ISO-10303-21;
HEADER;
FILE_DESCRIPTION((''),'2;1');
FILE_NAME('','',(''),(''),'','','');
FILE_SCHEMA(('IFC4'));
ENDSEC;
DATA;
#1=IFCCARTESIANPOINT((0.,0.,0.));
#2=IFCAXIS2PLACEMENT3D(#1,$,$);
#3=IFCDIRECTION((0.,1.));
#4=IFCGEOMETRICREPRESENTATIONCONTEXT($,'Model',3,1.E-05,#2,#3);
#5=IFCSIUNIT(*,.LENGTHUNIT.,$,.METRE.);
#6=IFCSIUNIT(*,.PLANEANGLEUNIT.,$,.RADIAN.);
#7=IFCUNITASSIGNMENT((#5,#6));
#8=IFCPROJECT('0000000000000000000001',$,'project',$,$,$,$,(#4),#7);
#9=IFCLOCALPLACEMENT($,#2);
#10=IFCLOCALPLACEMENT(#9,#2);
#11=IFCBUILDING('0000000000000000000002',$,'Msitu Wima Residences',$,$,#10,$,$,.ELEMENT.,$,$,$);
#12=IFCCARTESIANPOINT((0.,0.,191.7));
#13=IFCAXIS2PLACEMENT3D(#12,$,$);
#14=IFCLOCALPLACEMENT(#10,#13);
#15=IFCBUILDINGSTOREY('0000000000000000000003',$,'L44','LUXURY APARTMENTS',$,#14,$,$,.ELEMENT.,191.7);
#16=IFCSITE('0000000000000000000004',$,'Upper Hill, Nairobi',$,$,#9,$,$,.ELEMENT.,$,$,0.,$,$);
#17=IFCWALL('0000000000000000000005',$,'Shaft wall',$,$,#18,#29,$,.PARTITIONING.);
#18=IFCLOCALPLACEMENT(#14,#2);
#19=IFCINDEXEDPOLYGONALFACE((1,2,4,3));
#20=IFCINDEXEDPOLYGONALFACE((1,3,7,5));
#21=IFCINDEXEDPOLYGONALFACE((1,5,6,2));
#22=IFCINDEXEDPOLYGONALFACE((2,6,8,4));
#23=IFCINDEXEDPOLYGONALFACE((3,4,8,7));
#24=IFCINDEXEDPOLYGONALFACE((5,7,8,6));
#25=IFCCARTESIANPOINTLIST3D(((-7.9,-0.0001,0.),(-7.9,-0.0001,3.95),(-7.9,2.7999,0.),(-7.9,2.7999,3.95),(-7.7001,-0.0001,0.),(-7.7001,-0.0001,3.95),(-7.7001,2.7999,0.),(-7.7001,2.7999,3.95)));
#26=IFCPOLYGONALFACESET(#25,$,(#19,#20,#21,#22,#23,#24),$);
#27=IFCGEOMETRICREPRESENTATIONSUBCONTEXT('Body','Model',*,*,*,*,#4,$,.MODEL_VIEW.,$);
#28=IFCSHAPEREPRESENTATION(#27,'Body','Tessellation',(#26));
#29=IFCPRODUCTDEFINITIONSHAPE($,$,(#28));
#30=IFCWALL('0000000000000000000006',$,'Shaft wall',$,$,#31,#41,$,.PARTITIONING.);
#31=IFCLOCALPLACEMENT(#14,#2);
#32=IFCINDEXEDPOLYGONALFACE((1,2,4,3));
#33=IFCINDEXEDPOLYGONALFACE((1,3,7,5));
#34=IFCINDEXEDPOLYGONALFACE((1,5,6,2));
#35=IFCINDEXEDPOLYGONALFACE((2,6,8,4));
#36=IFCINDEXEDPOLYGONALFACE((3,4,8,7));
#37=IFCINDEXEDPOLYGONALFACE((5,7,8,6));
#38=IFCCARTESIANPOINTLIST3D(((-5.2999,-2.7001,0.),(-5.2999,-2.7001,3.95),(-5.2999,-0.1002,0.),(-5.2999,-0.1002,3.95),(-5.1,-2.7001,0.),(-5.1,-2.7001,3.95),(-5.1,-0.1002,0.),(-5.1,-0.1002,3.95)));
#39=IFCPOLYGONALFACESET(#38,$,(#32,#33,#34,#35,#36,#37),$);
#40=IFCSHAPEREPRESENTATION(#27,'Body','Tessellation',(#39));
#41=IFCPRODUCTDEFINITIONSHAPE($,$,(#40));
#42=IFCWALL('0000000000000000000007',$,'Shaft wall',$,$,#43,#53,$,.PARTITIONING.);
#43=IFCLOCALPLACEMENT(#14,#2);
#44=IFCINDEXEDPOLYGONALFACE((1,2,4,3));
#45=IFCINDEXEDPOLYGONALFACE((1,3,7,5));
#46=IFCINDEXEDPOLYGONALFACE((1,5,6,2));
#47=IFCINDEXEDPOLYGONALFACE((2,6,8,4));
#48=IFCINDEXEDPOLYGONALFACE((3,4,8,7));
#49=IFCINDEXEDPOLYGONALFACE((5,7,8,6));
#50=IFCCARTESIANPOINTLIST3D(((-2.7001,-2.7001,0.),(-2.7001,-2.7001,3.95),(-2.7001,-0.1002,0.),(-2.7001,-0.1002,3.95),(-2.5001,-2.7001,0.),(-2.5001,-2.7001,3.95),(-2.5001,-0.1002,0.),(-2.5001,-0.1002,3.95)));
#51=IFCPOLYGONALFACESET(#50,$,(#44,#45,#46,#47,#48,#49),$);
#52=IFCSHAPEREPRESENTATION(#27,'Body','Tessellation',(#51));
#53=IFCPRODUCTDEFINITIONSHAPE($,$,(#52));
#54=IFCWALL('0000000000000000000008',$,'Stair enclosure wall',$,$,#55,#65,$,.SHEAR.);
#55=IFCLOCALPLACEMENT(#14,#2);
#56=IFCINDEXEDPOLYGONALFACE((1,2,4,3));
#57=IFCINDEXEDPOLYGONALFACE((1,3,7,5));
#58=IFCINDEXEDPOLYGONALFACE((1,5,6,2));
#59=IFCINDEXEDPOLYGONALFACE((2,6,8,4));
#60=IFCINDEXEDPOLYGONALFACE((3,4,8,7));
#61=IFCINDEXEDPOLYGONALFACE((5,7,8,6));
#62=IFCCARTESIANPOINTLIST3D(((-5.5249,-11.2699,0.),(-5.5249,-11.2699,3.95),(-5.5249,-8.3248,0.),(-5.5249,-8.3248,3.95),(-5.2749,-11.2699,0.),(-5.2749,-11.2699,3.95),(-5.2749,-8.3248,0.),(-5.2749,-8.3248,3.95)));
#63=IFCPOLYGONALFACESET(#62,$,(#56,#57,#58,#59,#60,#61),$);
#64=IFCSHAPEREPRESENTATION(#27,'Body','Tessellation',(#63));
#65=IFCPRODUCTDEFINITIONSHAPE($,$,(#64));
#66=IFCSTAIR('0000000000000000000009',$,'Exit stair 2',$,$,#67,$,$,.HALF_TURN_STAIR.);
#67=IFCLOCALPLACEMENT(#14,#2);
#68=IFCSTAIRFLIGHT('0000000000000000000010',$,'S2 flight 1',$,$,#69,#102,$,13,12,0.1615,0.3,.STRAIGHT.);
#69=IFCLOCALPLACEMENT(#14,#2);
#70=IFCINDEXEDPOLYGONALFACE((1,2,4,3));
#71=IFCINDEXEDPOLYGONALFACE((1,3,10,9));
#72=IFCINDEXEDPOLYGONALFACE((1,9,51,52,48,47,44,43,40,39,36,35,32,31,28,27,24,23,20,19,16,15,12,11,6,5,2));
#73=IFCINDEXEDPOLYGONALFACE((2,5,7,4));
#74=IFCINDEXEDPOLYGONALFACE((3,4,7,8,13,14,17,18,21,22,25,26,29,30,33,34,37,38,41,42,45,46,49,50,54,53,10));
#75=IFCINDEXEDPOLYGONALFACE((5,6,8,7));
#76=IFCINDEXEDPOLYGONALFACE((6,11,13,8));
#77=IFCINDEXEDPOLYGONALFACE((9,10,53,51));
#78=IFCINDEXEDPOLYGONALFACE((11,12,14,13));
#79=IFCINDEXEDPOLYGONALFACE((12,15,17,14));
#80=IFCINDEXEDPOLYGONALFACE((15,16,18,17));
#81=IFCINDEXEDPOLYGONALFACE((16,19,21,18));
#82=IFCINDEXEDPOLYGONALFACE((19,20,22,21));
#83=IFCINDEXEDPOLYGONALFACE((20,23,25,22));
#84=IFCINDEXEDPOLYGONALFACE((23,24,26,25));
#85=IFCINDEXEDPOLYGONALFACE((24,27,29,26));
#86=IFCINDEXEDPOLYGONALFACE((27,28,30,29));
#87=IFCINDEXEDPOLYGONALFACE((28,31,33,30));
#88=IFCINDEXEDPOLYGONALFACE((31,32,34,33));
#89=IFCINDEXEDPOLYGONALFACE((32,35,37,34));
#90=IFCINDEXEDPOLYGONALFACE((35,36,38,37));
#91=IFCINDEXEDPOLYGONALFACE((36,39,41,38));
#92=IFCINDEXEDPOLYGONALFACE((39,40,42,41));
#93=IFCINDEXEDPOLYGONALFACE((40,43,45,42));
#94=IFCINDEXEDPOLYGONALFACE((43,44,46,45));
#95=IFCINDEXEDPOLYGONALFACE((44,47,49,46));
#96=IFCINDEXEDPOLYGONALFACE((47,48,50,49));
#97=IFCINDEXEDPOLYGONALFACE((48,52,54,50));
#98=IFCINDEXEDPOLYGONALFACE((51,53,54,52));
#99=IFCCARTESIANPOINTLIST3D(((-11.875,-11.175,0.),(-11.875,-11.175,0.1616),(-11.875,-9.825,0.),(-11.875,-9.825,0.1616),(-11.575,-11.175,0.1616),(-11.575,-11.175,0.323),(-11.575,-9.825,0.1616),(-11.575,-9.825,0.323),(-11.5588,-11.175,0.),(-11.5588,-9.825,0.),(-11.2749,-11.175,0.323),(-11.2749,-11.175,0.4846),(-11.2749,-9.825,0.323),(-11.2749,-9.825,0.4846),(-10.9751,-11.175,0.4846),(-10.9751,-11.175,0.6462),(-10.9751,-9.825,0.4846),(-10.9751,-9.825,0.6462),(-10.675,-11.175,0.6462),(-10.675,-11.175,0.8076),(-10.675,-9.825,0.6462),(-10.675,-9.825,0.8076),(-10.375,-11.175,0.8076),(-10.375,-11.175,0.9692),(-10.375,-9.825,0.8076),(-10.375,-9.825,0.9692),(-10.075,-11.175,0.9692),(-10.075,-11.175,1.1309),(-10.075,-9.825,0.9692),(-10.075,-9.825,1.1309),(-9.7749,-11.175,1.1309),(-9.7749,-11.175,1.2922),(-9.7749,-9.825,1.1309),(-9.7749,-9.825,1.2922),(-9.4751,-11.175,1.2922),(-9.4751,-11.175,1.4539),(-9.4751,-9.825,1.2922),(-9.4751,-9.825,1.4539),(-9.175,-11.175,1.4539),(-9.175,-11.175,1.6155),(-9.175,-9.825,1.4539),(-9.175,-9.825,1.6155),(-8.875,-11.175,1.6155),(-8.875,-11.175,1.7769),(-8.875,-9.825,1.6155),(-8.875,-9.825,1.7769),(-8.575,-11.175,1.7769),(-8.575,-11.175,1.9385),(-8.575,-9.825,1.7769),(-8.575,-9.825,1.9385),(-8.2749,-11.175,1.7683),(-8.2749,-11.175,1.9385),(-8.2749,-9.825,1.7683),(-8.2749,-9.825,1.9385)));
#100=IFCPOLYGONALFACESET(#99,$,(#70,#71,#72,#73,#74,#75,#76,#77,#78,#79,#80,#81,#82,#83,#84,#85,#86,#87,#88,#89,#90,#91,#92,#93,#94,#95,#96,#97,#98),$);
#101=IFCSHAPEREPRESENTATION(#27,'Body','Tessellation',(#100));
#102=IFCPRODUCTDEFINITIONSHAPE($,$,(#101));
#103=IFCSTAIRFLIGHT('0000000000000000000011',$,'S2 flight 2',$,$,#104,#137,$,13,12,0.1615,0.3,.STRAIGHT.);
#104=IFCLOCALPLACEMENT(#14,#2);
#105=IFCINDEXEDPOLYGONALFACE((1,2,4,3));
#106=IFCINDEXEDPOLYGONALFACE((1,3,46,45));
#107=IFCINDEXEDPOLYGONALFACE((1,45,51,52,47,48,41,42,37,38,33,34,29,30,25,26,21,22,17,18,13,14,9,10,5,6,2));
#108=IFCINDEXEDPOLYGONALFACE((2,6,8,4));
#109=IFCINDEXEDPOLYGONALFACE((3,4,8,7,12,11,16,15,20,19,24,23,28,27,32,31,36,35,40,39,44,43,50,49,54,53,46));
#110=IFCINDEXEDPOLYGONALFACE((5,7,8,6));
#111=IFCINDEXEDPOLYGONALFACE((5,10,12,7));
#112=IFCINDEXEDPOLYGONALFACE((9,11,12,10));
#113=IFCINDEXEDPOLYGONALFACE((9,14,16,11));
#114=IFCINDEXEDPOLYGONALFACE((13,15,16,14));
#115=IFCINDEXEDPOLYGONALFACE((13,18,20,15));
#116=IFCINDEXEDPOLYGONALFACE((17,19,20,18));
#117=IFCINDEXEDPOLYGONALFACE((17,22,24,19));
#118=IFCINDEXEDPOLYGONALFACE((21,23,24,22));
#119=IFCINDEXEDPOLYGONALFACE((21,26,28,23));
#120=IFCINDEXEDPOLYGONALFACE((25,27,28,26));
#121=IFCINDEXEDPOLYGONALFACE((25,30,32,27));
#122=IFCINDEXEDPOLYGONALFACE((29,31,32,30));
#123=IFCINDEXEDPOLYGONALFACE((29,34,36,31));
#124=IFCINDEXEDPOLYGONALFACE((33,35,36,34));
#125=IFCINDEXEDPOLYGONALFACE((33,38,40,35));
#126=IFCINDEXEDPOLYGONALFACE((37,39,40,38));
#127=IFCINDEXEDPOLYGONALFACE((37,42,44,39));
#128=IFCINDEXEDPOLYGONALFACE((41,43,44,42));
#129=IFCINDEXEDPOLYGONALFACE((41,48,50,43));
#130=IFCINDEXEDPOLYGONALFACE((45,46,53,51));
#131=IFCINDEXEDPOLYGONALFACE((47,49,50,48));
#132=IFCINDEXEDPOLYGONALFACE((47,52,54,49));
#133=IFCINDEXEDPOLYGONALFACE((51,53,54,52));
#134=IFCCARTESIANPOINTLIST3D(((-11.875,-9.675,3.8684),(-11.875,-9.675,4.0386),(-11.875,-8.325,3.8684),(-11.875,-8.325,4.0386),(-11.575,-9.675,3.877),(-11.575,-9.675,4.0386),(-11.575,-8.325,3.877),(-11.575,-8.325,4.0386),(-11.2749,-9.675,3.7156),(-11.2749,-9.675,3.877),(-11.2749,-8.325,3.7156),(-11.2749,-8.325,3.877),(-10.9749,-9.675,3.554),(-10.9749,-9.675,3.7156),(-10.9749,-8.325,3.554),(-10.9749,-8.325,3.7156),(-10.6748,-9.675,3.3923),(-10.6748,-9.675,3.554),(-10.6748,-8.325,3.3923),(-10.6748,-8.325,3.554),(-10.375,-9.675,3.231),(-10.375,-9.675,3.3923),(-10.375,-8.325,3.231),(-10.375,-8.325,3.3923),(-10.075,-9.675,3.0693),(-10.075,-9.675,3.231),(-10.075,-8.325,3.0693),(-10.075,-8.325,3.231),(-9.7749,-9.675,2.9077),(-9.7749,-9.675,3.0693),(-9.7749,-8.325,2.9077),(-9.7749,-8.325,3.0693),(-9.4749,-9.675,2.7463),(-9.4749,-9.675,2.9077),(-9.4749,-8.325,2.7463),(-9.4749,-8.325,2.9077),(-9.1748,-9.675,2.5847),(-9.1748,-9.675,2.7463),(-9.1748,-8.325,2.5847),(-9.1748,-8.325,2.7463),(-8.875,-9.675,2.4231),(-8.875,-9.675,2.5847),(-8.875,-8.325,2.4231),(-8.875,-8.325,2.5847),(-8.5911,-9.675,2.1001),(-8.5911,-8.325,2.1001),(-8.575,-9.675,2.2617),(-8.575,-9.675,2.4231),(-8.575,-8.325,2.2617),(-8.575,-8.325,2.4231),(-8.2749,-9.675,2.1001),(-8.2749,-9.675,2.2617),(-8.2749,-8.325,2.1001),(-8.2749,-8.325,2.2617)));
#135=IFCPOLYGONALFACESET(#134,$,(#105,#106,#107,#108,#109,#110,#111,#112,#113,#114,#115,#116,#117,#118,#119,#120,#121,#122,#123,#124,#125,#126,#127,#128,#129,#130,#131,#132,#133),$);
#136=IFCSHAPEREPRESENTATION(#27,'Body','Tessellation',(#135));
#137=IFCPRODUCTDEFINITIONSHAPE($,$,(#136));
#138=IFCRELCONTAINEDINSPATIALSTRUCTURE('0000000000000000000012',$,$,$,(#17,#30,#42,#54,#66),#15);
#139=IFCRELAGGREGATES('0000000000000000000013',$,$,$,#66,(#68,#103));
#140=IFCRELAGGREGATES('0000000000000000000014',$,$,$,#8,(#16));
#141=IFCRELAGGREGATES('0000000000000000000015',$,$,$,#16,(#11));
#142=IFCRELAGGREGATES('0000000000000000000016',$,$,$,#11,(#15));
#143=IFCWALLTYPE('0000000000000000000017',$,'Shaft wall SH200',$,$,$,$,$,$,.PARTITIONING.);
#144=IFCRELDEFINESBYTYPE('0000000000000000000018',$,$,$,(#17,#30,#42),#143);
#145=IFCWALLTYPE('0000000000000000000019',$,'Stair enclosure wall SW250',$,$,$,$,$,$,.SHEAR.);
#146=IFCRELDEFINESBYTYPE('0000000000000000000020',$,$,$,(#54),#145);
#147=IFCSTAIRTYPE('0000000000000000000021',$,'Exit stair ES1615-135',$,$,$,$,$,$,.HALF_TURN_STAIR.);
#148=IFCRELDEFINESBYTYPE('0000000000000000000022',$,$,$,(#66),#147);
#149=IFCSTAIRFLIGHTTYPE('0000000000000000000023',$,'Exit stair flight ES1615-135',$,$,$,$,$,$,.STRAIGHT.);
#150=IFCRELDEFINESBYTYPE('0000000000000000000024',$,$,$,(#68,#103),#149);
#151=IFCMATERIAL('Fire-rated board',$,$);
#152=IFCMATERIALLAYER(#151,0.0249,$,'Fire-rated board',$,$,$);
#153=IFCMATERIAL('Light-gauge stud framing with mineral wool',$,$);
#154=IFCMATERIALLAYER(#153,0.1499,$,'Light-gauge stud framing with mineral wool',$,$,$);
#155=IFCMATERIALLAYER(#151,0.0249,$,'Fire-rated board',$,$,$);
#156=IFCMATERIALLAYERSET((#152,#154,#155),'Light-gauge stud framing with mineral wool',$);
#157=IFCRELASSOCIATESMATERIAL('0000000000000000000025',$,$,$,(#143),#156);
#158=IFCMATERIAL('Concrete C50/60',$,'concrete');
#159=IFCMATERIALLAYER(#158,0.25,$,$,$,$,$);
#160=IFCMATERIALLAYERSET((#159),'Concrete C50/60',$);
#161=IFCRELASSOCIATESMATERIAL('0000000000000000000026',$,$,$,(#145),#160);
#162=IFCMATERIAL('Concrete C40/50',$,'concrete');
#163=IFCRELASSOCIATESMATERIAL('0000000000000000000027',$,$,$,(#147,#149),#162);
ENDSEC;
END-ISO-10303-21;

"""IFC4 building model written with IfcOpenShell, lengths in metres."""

from ifc_helpers import new_model, si_unit, direction, frame, frame_2d, origin, place, context, subcontext, project, spatial, polyline, rectangle, outline, extrude, material, layer, layer_set, type_object, element, aggregate, save


model = new_model("IFC4")

# Units and contexts
model_context = context("Model", 3, precision=1e-05, world=origin(), true_north=direction((0.0, 1.0)))
body_context = subcontext(model_context, "Body", "Model", "MODEL_VIEW")
ifc_project = project(units=[si_unit("LENGTHUNIT", "METRE"), si_unit("PLANEANGLEUNIT", "RADIAN")], contexts=[model_context])

# Site, building, storey
site_placement = place(None, origin())
site = spatial("IfcSite", under=ifc_project, at=site_placement, Name="Upper Hill, Nairobi", CompositionType="ELEMENT", RefElevation=0.0)
building_placement = place(site_placement, origin())
building = spatial("IfcBuilding", under=site, at=building_placement, Name="Msitu Wima Residences", CompositionType="ELEMENT")
storey_placement = place(building_placement, frame((0.0, 0.0, 191.7)))
storey = spatial("IfcBuildingStorey", under=building, at=storey_placement, Name="L44", Description="LUXURY APARTMENTS", CompositionType="ELEMENT", Elevation=191.7)

# Shared definitions
ifc_material_1 = material(Name="Concrete C40/50", Category="concrete")

# Shared definitions
ifc_material_2 = material(Name="Fire-rated board")
ifc_layer_1 = layer(ifc_material_2, 0.0249, Name="Fire-rated board")
ifc_material_3 = material(Name="Light-gauge stud framing with mineral wool")
ifc_layer_2 = layer(ifc_material_3, 0.1499, Name="Light-gauge stud framing with mineral wool")
ifc_layer_3 = layer(ifc_material_2, 0.0249, Name="Fire-rated board")
ifc_layer_set_1 = layer_set([ifc_layer_1, ifc_layer_2, ifc_layer_3], Name="Light-gauge stud framing with mineral wool")
wall_type_1 = type_object("IfcWallType", Name="Shaft wall SH200", PredefinedType="PARTITIONING", material=ifc_layer_set_1)

# Walls
for number, where, z_axis, x_axis, name in (
    (1, (-7.8, 0.0, 0.0), (0.0, 0.0, 1.0), (0.0, 1.0, 0.0), "Shaft wall"),
):
    element("IfcWall", number, at=place(storey_placement, frame(where, z_axis=z_axis, x_axis=x_axis)), inside=storey, type_object=wall_type_1, Name=name, PredefinedType="PARTITIONING", context=body_context, shape_type="SweptSolid", body=[
        extrude(rectangle(XDim=2.8, YDim=0.2, at=frame_2d((1.3999, 0.0))), origin(), (0.0, 0.0, 1.0), 3.95),
    ])
for number, where, z_axis, x_axis, name in (
    (2, (-5.2, -2.7, 0.0), (0.0, 0.0, 1.0), (0.0, 1.0, 0.0), "Shaft wall"),
    (3, (-2.6001, -2.7, 0.0), (0.0, 0.0, 1.0), (0.0, 1.0, 0.0), "Shaft wall"),
):
    element("IfcWall", number, at=place(storey_placement, frame(where, z_axis=z_axis, x_axis=x_axis)), inside=storey, type_object=wall_type_1, Name=name, PredefinedType="PARTITIONING", context=body_context, shape_type="SweptSolid", body=[
        extrude(rectangle(XDim=2.5999, YDim=0.2, at=frame_2d((1.2998, 0.0))), origin(), (0.0, 0.0, 1.0), 3.95),
    ])
ifc_material_4 = material(Name="Concrete C50/60", Category="concrete")
ifc_layer_4 = layer(ifc_material_4, 0.25)
ifc_layer_set_2 = layer_set([ifc_layer_4], Name="Concrete C50/60")
wall_type_2 = type_object("IfcWallType", Name="Stair enclosure wall SW250", PredefinedType="SHEAR", material=ifc_layer_set_2)
wall_1_placement = place(storey_placement, frame((-5.3999, -11.27, 0.0), z_axis=(0.0, 0.0, 1.0), x_axis=(0.0, 1.0, 0.0)))
element("IfcWall", 4, at=wall_1_placement, inside=storey, type_object=wall_type_2, Name="Stair enclosure wall", PredefinedType="SHEAR", context=body_context, shape_type="SweptSolid", body=[
    extrude(rectangle(XDim=2.9451, YDim=0.25, at=frame_2d((1.4727, 0.0))), origin(), (0.0, 0.0, 1.0), 3.95),
])

# Stair, stair flights
stair_type = type_object("IfcStairType", Name="Exit stair ES1615-135", PredefinedType="HALF_TURN_STAIR", material=ifc_material_1)
stair_placement = place(storey_placement, origin())
stair = element("IfcStair", 5, at=stair_placement, inside=storey, type_object=stair_type, Name="Exit stair 2", PredefinedType="HALF_TURN_STAIR")
stair_flight_type = type_object("IfcStairFlightType", Name="Exit stair flight ES1615-135", PredefinedType="STRAIGHT", material=ifc_material_1)
stair_flight_1_placement = place(storey_placement, frame((-11.875, -10.5, 0.0), z_axis=(0.0, 0.0, 1.0), x_axis=(1.0, 0.0, 0.0)))
stair_flight_1 = element("IfcStairFlight", 6, at=stair_flight_1_placement, type_object=stair_flight_type, Name="S2 flight 1", NumberOfRisers=13, NumberOfTreads=12, PredefinedType="STRAIGHT", RiserHeight=0.1615, TreadLength=0.3, context=body_context, shape_type="SweptSolid", body=[
    extrude(outline(polyline([(0.0, 0.0), (0.0, 0.1616), (0.3, 0.1616), (0.3, 0.323), (0.6001, 0.323), (0.6001, 0.4846), (0.8999, 0.4846), (0.8999, 0.6462), (1.2, 0.6462), (1.2, 0.8076), (1.5, 0.8076), (1.5, 0.9692), (1.8, 0.9692), (1.8, 1.1309), (2.1001, 1.1309), (2.1001, 1.2922), (2.3999, 1.2922), (2.3999, 1.4539), (2.7, 1.4539), (2.7, 1.6155), (3.0, 1.6155), (3.0, 1.7769), (3.3, 1.7769), (3.3, 1.9385), (3.6001, 1.9385), (3.6001, 2.1001), (3.6001, 1.7683), (0.3162, 0.0), (0.0, 0.0)])), frame((0.0, 0.675, 0.0), z_axis=(0.0, -1.0, 0.0), x_axis=(1.0, 0.0, 0.0)), (0.0, 0.0, 1.0), 1.3501),
])
stair_flight_2_placement = place(storey_placement, frame((-8.2749, -9.0, 2.1001), z_axis=(0.0, 0.0, 1.0), x_axis=(-1.0, 0.0, 0.0)))
stair_flight_2 = element("IfcStairFlight", 7, at=stair_flight_2_placement, type_object=stair_flight_type, Name="S2 flight 2", NumberOfRisers=13, NumberOfTreads=12, PredefinedType="STRAIGHT", RiserHeight=0.1615, TreadLength=0.3, context=body_context, shape_type="SweptSolid", body=[
    extrude(outline(polyline([(0.0, 0.0), (0.0, 0.1616), (0.3, 0.1616), (0.3, 0.323), (0.6001, 0.323), (0.6001, 0.4846), (0.8999, 0.4846), (0.8999, 0.6462), (1.2, 0.6462), (1.2, 0.8076), (1.5, 0.8076), (1.5, 0.9692), (1.8, 0.9692), (1.8, 1.1309), (2.1001, 1.1309), (2.1001, 1.2922), (2.3999, 1.2922), (2.3999, 1.4539), (2.7, 1.4539), (2.7, 1.6155), (3.0, 1.6155), (3.0, 1.7769), (3.3, 1.7769), (3.3, 1.9385), (3.6001, 1.9385), (3.6001, 2.1001), (3.6001, 1.7683), (0.3162, 0.0), (0.0, 0.0)])), frame((0.0, 0.675, 0.0), z_axis=(0.0, -1.0, 0.0), x_axis=(1.0, 0.0, 0.0)), (0.0, 0.0, 1.0), 1.3501),
])
aggregate(stair, [stair_flight_1, stair_flight_2])

save(model, "model.ifc")
